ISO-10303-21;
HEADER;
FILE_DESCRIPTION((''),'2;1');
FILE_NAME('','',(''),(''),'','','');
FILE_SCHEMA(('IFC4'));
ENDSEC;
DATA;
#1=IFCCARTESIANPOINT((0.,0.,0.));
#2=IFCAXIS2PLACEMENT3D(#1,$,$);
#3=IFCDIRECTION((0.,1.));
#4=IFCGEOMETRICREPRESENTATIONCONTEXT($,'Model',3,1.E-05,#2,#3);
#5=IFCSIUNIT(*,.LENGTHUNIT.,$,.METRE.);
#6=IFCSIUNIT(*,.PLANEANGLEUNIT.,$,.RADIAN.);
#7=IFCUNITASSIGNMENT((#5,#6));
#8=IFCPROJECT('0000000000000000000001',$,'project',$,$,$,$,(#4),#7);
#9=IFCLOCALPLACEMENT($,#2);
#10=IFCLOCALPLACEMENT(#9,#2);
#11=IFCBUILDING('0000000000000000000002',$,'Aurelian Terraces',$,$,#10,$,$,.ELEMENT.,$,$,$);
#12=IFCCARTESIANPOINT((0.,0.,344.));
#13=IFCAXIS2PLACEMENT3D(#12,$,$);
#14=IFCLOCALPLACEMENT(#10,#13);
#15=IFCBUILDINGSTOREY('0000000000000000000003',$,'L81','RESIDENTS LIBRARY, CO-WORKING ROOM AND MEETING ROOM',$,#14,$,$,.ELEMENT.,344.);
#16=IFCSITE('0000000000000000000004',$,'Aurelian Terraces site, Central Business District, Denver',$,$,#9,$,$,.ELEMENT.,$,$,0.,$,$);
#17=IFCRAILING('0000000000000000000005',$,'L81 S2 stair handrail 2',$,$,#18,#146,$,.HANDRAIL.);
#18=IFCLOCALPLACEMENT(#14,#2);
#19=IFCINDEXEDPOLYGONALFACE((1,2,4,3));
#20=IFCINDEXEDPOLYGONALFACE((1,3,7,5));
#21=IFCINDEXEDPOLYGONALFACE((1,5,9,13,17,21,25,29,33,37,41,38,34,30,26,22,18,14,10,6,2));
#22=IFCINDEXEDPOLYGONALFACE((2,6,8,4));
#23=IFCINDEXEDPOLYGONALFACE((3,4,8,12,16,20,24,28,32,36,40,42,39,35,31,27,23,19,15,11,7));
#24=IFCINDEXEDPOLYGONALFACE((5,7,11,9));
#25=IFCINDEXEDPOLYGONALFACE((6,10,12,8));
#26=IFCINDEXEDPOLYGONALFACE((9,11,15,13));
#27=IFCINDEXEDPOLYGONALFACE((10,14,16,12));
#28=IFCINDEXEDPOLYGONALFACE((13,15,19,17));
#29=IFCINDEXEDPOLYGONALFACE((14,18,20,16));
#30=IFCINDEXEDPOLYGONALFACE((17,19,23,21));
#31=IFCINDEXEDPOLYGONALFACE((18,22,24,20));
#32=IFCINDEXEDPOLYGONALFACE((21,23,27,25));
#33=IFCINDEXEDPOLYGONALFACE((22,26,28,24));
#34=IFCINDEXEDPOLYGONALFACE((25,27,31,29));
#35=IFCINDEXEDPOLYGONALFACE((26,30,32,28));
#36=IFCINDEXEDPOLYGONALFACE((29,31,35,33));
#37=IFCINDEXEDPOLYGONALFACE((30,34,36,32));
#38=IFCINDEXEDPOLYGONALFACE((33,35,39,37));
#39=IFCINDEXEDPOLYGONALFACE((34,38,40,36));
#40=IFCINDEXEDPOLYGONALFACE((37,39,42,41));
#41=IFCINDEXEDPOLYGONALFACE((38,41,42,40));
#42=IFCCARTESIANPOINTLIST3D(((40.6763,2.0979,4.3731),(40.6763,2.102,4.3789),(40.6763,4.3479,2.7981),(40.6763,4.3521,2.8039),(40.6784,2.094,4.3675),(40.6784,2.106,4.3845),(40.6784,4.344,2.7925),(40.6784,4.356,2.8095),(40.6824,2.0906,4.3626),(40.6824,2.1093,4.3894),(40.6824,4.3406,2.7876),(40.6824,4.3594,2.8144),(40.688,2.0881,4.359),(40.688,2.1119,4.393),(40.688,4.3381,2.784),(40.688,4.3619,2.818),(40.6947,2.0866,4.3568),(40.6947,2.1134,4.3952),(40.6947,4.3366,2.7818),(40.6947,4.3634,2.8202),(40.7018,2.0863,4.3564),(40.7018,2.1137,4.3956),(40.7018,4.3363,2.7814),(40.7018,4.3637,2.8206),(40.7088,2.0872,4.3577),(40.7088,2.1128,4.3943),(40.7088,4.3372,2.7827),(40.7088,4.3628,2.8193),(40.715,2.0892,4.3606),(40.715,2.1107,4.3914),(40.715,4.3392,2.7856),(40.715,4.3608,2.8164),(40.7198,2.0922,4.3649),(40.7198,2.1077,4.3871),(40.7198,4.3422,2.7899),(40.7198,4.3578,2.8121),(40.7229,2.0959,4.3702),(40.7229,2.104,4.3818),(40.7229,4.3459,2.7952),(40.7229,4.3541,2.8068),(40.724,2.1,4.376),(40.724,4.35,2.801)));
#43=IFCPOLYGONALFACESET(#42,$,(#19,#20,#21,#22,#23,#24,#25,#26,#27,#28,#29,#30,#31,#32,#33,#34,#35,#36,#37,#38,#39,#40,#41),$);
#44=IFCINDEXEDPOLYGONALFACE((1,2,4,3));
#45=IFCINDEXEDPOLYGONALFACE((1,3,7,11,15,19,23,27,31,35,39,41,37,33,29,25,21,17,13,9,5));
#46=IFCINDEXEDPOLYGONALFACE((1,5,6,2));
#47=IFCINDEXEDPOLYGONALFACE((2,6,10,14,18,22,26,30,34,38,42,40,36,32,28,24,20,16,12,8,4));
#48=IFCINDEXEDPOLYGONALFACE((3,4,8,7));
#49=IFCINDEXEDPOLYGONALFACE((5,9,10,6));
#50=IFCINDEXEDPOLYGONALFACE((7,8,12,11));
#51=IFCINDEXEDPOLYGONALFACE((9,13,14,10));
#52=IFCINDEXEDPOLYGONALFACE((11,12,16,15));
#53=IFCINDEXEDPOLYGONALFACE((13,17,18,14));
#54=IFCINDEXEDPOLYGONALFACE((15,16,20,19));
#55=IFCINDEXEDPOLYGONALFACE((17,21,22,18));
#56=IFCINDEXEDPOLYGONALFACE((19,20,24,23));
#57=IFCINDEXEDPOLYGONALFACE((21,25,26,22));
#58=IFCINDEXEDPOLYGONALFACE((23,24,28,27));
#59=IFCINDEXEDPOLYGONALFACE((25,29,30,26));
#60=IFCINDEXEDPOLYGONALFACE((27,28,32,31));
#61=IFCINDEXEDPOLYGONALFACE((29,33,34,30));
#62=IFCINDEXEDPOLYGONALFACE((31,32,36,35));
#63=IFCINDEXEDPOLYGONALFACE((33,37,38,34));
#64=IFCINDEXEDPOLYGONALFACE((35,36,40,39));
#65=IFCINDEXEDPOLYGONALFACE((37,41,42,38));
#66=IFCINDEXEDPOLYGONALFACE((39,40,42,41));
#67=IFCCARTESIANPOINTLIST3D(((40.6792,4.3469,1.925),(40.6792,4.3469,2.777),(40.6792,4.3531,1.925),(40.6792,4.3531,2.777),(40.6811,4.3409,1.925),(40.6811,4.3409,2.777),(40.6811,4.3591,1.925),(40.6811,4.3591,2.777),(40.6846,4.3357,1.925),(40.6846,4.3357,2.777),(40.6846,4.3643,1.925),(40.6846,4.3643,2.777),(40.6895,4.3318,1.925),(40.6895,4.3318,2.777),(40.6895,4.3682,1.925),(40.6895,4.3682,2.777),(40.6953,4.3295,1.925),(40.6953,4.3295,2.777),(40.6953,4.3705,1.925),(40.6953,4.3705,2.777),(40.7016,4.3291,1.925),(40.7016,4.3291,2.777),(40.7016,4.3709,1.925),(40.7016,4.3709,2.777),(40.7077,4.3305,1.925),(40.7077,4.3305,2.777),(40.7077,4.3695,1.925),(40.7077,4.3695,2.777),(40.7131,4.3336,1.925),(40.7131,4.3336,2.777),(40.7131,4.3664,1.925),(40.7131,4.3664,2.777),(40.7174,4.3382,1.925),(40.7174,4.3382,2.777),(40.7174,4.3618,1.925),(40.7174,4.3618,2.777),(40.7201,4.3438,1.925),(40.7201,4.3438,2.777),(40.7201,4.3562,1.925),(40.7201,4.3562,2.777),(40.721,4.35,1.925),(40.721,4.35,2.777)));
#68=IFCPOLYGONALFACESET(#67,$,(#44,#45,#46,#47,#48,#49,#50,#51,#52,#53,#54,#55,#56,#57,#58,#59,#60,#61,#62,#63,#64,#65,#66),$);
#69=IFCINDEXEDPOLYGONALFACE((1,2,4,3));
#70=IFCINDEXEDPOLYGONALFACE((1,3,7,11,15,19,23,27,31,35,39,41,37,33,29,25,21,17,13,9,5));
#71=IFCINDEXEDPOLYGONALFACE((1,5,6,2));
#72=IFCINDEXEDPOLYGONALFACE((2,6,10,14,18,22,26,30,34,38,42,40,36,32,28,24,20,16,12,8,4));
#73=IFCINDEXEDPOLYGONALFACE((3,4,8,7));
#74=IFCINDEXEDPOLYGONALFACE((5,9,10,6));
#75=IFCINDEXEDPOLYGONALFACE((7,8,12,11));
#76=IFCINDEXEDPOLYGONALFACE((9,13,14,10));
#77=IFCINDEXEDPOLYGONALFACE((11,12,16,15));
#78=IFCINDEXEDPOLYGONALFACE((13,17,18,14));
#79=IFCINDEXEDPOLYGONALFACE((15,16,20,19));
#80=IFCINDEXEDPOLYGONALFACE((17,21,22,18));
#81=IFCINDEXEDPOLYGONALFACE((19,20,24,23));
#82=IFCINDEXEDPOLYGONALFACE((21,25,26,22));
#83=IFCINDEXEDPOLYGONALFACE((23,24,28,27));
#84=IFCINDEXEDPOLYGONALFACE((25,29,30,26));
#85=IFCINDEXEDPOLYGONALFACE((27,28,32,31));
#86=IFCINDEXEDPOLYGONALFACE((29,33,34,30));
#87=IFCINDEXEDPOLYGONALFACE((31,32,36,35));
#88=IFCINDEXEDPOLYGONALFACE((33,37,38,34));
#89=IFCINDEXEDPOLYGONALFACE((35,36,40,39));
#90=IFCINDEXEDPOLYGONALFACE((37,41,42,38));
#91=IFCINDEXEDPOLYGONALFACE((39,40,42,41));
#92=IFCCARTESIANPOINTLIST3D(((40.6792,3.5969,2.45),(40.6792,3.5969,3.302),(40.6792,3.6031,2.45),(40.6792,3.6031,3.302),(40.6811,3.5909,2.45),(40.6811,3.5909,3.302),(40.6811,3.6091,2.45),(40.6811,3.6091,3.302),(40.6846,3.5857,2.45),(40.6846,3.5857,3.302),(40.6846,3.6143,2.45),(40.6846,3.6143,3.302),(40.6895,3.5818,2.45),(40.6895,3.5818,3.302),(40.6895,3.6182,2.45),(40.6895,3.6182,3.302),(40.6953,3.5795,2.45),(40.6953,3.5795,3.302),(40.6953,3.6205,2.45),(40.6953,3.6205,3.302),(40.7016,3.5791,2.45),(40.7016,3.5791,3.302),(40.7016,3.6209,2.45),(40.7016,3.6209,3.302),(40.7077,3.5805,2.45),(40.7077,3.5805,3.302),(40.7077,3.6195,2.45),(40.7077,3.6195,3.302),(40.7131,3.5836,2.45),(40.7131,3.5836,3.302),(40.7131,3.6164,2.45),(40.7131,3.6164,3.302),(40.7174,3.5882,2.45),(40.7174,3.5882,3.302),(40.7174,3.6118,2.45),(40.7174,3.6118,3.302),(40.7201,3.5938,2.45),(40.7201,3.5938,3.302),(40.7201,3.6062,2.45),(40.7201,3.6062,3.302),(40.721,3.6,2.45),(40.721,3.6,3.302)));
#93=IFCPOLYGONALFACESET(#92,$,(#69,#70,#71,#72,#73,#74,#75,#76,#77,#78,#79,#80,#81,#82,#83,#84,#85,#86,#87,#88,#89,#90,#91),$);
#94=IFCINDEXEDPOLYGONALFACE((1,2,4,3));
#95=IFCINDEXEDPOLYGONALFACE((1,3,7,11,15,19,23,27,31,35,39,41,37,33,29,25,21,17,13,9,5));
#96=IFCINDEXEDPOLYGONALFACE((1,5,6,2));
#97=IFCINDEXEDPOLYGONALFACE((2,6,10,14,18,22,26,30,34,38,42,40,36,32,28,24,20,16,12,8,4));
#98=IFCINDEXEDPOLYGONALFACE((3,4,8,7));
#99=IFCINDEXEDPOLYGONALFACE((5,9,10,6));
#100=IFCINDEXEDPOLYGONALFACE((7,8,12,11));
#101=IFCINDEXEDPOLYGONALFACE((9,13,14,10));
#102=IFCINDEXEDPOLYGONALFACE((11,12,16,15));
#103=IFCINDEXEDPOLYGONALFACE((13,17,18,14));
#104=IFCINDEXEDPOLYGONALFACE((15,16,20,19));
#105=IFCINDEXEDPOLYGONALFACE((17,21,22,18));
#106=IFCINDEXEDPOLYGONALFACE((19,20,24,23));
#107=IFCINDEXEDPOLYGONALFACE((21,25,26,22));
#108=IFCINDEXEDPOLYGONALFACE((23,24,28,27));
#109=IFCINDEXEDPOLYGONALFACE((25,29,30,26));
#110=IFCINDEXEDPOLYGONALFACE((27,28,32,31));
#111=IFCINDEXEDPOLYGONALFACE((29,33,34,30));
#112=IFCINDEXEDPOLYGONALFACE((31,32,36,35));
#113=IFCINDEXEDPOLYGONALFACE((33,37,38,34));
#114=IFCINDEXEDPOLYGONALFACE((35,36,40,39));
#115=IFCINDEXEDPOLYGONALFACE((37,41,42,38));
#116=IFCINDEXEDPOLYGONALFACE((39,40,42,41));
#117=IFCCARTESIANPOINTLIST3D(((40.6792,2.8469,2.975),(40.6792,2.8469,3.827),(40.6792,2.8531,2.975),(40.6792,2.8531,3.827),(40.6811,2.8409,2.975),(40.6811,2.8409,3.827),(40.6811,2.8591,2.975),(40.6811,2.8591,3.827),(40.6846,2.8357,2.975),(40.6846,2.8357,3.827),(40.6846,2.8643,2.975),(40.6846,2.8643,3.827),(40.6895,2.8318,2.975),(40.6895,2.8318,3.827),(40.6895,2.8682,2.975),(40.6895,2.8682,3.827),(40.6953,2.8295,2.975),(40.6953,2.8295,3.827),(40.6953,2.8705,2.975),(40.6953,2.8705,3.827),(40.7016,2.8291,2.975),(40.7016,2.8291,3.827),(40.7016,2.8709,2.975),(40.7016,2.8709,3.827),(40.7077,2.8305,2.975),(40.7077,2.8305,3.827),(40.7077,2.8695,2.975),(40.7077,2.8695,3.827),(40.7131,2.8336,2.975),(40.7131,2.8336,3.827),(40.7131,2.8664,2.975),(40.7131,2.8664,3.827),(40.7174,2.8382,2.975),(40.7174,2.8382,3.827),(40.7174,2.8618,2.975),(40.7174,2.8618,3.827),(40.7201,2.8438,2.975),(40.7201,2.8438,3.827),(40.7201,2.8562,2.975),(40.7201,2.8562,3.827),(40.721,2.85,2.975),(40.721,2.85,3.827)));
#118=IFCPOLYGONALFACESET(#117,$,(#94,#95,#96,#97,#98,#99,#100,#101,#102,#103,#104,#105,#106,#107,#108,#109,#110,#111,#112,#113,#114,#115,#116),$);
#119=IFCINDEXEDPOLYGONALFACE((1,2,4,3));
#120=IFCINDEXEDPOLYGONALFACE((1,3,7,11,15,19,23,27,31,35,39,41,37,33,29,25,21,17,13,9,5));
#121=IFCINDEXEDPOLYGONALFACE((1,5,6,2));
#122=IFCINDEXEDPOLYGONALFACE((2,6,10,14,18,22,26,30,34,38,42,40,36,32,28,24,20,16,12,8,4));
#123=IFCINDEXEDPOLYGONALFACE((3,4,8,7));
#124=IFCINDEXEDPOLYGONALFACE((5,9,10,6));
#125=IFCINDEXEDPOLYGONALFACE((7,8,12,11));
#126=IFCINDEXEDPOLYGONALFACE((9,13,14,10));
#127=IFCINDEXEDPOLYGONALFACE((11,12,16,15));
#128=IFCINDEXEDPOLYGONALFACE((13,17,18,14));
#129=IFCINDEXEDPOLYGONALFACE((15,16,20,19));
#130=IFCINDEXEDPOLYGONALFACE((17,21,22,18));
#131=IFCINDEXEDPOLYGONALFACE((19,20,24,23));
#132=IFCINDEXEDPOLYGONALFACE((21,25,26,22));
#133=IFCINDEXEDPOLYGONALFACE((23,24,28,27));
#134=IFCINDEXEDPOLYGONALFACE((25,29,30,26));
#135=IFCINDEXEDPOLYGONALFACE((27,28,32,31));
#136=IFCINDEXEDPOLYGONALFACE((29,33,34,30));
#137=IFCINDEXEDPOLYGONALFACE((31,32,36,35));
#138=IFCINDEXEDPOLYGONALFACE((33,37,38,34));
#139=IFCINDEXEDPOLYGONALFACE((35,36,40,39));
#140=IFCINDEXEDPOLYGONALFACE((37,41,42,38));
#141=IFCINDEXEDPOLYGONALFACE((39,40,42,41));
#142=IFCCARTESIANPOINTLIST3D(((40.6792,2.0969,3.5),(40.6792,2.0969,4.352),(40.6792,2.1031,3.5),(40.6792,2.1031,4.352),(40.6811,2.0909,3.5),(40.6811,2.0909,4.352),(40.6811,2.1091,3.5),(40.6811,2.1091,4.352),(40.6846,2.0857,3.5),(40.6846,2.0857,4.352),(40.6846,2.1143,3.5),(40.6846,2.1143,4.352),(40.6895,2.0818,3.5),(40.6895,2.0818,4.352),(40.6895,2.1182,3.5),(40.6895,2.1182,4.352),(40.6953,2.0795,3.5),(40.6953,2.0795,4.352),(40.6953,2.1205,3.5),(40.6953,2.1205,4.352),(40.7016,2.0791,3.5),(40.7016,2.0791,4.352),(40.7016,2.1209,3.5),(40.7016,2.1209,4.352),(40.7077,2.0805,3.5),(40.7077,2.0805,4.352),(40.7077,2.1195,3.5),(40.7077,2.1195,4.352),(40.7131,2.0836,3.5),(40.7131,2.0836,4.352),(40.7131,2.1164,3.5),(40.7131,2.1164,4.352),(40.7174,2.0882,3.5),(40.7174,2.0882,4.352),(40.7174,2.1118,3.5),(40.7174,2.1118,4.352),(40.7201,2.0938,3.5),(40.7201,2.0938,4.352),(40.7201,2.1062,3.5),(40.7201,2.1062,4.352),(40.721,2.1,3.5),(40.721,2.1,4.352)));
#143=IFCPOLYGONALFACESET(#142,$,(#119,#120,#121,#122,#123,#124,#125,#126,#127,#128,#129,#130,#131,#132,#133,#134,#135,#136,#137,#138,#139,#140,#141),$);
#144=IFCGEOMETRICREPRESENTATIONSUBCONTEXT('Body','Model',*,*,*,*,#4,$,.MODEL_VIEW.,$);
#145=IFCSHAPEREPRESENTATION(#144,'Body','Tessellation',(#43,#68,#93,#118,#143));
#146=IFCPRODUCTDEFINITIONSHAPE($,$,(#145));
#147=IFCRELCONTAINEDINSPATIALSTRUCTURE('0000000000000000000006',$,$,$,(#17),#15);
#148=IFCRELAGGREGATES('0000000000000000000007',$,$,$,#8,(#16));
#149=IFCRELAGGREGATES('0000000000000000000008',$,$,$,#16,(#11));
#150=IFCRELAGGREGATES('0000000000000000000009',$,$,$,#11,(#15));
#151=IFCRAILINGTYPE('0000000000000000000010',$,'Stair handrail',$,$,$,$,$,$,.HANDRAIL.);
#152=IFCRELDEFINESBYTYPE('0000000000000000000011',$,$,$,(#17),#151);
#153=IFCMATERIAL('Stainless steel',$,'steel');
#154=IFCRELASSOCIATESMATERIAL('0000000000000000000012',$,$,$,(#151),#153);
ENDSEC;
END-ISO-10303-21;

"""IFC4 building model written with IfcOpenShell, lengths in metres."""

from ifc_helpers import new_model, si_unit, direction, frame, origin, origin_2d, place, context, subcontext, project, spatial, circle, extrude, source, transform, mapped, material, type_object, element, save


model = new_model("IFC4")

# Units and contexts
model_context = context("Model", 3, precision=1e-05, world=origin(), true_north=direction((0.0, 1.0)))
body_context = subcontext(model_context, "Body", "Model", "MODEL_VIEW")
ifc_project = project(units=[si_unit("LENGTHUNIT", "METRE"), si_unit("PLANEANGLEUNIT", "RADIAN")], contexts=[model_context])

# Site, building, storey
site_placement = place(None, origin())
site = spatial("IfcSite", under=ifc_project, at=site_placement, Name="Aurelian Terraces site, Central Business District, Denver", CompositionType="ELEMENT", RefElevation=0.0)
building_placement = place(site_placement, origin())
building = spatial("IfcBuilding", under=site, at=building_placement, Name="Aurelian Terraces", CompositionType="ELEMENT")
storey_placement = place(building_placement, frame((0.0, 0.0, 344.0)))
storey = spatial("IfcBuildingStorey", under=building, at=storey_placement, Name="L81", Description="RESIDENTS LIBRARY, CO-WORKING ROOM AND MEETING ROOM", CompositionType="ELEMENT", Elevation=344.0)

# Railing
ifc_material_1 = material(Name="Stainless steel", Category="steel")
railing_type_1 = type_object("IfcRailingType", Name="Stair handrail", PredefinedType="HANDRAIL", material=ifc_material_1)
shared_shape_1 = source(origin(), body_context, "Body", "SweptSolid", [
    extrude(circle(Radius=0.024, at=origin_2d()), frame((0.0, 0.0, 0.876), z_axis=(0.0, -0.819232, 0.573462), x_axis=(1.0, 0.0, 0.0)), (0.0, 0.0, 1.0), 2.7465),
    extrude(circle(Radius=0.021, at=origin_2d()), origin(), (0.0, 0.0, 1.0), 0.852),
    extrude(circle(Radius=0.021, at=origin_2d()), frame((0.0, -0.75, 0.525)), (0.0, 0.0, 1.0), 0.852),
    extrude(circle(Radius=0.021, at=origin_2d()), frame((0.0, -1.5, 1.05)), (0.0, 0.0, 1.0), 0.852),
    extrude(circle(Radius=0.021, at=origin_2d()), frame((0.0, -2.25, 1.575)), (0.0, 0.0, 1.0), 0.852),
])
railing_1_placement = place(storey_placement, frame((40.7, 4.35, 1.925)))
element("IfcRailing", 1, at=railing_1_placement, inside=storey, type_object=railing_type_1, Name="L81 S2 stair handrail 2", PredefinedType="HANDRAIL", context=body_context, shape_type="MappedRepresentation", body=[
    mapped(shared_shape_1, transform((0.0, 0.0, 0.0), scale=1.0)),
])

save(model, "model.ifc")
